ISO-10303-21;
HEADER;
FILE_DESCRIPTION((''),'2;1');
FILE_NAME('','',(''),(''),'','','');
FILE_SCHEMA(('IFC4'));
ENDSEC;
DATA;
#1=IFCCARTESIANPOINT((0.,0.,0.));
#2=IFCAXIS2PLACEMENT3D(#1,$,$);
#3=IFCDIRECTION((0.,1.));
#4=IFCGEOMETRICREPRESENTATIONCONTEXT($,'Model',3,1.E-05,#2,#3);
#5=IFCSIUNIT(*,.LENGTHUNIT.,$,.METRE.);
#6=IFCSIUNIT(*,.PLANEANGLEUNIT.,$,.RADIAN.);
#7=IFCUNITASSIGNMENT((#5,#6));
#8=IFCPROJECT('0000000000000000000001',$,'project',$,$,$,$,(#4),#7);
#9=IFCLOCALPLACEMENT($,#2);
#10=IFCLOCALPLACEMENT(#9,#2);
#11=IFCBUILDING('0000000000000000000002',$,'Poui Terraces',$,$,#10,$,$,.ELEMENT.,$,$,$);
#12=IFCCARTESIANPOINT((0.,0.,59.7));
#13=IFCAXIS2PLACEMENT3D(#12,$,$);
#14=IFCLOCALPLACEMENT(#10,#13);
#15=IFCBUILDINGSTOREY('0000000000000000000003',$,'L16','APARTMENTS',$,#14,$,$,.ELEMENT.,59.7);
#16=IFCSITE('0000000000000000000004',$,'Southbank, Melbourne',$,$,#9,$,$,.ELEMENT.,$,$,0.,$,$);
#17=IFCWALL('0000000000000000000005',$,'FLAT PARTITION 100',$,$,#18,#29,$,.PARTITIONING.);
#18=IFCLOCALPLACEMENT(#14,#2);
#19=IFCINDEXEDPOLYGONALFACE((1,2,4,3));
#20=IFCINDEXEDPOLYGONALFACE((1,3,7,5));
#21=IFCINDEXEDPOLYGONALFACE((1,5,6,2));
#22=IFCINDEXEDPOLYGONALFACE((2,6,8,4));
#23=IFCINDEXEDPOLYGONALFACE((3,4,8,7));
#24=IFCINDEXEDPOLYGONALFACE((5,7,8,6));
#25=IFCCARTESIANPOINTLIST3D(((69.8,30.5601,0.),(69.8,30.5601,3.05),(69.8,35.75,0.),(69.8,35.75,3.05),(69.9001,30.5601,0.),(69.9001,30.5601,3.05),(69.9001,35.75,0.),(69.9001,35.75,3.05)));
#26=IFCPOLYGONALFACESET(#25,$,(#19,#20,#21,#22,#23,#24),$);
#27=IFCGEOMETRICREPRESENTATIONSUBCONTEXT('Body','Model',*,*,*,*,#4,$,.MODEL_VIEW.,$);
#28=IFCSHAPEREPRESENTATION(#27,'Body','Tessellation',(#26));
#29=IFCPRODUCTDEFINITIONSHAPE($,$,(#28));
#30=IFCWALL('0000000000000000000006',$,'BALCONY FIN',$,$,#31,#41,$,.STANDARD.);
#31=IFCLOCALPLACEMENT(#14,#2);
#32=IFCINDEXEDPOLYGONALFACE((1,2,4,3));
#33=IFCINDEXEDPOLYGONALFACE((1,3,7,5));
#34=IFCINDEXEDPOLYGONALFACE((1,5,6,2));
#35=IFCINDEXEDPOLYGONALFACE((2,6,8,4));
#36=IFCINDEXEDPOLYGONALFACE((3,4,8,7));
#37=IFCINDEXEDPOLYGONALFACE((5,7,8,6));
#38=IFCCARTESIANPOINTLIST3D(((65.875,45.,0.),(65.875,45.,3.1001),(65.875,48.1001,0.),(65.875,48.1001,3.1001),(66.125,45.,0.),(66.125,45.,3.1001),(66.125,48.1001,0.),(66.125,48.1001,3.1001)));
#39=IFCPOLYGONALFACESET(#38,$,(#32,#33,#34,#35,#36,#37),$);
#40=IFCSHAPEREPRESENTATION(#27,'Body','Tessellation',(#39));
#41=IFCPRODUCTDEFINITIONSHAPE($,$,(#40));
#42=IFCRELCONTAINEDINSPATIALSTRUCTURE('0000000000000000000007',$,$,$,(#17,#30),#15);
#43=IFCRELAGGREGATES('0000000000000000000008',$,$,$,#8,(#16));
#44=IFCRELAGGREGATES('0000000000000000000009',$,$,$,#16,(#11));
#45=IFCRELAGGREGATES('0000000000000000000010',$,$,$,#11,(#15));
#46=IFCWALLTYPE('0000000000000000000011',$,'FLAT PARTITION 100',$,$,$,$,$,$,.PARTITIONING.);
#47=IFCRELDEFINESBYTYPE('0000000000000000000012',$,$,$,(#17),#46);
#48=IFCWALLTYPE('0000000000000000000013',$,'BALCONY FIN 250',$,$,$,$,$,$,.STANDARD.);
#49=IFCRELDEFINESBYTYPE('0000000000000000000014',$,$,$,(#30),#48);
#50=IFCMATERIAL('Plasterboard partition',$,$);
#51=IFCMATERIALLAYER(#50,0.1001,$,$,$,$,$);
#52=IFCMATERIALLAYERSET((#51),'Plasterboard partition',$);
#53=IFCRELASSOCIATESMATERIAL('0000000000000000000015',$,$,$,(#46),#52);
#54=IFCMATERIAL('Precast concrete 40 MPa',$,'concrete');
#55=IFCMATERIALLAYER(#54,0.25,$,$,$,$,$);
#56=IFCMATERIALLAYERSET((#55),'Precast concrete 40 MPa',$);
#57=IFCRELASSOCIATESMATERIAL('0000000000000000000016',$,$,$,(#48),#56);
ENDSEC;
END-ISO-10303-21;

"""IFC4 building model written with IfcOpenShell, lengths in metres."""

from ifc_helpers import new_model, si_unit, direction, frame, frame_2d, origin, place, context, subcontext, project, spatial, polyline, rectangle, outline, extrude, source, transform, mapped, material, layer, layer_set, type_object, element, save


model = new_model("IFC4")

# Units and contexts
model_context = context("Model", 3, precision=1e-05, world=origin(), true_north=direction((0.0, 1.0)))
body_context = subcontext(model_context, "Body", "Model", "MODEL_VIEW")
ifc_project = project(units=[si_unit("LENGTHUNIT", "METRE"), si_unit("PLANEANGLEUNIT", "RADIAN")], contexts=[model_context])

# Site, building, storey
site_placement = place(None, origin())
site = spatial("IfcSite", under=ifc_project, at=site_placement, Name="Southbank, Melbourne", CompositionType="ELEMENT", RefElevation=0.0)
building_placement = place(site_placement, origin())
building = spatial("IfcBuilding", under=site, at=building_placement, Name="Poui Terraces", CompositionType="ELEMENT")
storey_placement = place(building_placement, frame((0.0, 0.0, 59.7)))
storey = spatial("IfcBuildingStorey", under=building, at=storey_placement, Name="L16", Description="APARTMENTS", CompositionType="ELEMENT", Elevation=59.7)

# Shared definitions
ifc_material_1 = material(Name="Plasterboard partition")
ifc_layer_1 = layer(ifc_material_1, 0.1001)
ifc_layer_set_1 = layer_set([ifc_layer_1], Name="Plasterboard partition")
wall_type_1 = type_object("IfcWallType", Name="FLAT PARTITION 100", PredefinedType="PARTITIONING", material=ifc_layer_set_1)

# Walls
wall_1_placement = place(storey_placement, frame((69.8501, 30.5601, 0.0), z_axis=(0.0, 0.0, 1.0), x_axis=(0.0, 1.0, 0.0)))
element("IfcWall", 1, at=wall_1_placement, inside=storey, type_object=wall_type_1, Name="FLAT PARTITION 100", PredefinedType="PARTITIONING", context=body_context, shape_type="SweptSolid", body=[
    extrude(rectangle(XDim=5.1899, YDim=0.1001, at=frame_2d((2.595, 0.0))), origin(), (0.0, 0.0, 1.0), 3.05),
])
ifc_material_2 = material(Name="Precast concrete 40 MPa", Category="concrete")
ifc_layer_2 = layer(ifc_material_2, 0.25)
ifc_layer_set_2 = layer_set([ifc_layer_2], Name="Precast concrete 40 MPa")
wall_type_2 = type_object("IfcWallType", Name="BALCONY FIN 250", PredefinedType="STANDARD", material=ifc_layer_set_2)
shared_shape_1 = source(origin(), body_context, "Body", "SweptSolid", [
    extrude(outline(polyline([(0.0, 0.0), (0.25, 0.0), (0.25, 3.1001), (0.0, 3.1001), (0.0, 0.0)])), origin(), (0.0, 0.0, 1.0), 3.1001),
])
wall_2_placement = place(storey_placement, frame((65.875, 45.0, 0.0)))
element("IfcWall", 2, at=wall_2_placement, inside=storey, type_object=wall_type_2, Name="BALCONY FIN", PredefinedType="STANDARD", context=body_context, shape_type="MappedRepresentation", body=[
    mapped(shared_shape_1, transform((0.0, 0.0, 0.0))),
])

save(model, "model.ifc")
